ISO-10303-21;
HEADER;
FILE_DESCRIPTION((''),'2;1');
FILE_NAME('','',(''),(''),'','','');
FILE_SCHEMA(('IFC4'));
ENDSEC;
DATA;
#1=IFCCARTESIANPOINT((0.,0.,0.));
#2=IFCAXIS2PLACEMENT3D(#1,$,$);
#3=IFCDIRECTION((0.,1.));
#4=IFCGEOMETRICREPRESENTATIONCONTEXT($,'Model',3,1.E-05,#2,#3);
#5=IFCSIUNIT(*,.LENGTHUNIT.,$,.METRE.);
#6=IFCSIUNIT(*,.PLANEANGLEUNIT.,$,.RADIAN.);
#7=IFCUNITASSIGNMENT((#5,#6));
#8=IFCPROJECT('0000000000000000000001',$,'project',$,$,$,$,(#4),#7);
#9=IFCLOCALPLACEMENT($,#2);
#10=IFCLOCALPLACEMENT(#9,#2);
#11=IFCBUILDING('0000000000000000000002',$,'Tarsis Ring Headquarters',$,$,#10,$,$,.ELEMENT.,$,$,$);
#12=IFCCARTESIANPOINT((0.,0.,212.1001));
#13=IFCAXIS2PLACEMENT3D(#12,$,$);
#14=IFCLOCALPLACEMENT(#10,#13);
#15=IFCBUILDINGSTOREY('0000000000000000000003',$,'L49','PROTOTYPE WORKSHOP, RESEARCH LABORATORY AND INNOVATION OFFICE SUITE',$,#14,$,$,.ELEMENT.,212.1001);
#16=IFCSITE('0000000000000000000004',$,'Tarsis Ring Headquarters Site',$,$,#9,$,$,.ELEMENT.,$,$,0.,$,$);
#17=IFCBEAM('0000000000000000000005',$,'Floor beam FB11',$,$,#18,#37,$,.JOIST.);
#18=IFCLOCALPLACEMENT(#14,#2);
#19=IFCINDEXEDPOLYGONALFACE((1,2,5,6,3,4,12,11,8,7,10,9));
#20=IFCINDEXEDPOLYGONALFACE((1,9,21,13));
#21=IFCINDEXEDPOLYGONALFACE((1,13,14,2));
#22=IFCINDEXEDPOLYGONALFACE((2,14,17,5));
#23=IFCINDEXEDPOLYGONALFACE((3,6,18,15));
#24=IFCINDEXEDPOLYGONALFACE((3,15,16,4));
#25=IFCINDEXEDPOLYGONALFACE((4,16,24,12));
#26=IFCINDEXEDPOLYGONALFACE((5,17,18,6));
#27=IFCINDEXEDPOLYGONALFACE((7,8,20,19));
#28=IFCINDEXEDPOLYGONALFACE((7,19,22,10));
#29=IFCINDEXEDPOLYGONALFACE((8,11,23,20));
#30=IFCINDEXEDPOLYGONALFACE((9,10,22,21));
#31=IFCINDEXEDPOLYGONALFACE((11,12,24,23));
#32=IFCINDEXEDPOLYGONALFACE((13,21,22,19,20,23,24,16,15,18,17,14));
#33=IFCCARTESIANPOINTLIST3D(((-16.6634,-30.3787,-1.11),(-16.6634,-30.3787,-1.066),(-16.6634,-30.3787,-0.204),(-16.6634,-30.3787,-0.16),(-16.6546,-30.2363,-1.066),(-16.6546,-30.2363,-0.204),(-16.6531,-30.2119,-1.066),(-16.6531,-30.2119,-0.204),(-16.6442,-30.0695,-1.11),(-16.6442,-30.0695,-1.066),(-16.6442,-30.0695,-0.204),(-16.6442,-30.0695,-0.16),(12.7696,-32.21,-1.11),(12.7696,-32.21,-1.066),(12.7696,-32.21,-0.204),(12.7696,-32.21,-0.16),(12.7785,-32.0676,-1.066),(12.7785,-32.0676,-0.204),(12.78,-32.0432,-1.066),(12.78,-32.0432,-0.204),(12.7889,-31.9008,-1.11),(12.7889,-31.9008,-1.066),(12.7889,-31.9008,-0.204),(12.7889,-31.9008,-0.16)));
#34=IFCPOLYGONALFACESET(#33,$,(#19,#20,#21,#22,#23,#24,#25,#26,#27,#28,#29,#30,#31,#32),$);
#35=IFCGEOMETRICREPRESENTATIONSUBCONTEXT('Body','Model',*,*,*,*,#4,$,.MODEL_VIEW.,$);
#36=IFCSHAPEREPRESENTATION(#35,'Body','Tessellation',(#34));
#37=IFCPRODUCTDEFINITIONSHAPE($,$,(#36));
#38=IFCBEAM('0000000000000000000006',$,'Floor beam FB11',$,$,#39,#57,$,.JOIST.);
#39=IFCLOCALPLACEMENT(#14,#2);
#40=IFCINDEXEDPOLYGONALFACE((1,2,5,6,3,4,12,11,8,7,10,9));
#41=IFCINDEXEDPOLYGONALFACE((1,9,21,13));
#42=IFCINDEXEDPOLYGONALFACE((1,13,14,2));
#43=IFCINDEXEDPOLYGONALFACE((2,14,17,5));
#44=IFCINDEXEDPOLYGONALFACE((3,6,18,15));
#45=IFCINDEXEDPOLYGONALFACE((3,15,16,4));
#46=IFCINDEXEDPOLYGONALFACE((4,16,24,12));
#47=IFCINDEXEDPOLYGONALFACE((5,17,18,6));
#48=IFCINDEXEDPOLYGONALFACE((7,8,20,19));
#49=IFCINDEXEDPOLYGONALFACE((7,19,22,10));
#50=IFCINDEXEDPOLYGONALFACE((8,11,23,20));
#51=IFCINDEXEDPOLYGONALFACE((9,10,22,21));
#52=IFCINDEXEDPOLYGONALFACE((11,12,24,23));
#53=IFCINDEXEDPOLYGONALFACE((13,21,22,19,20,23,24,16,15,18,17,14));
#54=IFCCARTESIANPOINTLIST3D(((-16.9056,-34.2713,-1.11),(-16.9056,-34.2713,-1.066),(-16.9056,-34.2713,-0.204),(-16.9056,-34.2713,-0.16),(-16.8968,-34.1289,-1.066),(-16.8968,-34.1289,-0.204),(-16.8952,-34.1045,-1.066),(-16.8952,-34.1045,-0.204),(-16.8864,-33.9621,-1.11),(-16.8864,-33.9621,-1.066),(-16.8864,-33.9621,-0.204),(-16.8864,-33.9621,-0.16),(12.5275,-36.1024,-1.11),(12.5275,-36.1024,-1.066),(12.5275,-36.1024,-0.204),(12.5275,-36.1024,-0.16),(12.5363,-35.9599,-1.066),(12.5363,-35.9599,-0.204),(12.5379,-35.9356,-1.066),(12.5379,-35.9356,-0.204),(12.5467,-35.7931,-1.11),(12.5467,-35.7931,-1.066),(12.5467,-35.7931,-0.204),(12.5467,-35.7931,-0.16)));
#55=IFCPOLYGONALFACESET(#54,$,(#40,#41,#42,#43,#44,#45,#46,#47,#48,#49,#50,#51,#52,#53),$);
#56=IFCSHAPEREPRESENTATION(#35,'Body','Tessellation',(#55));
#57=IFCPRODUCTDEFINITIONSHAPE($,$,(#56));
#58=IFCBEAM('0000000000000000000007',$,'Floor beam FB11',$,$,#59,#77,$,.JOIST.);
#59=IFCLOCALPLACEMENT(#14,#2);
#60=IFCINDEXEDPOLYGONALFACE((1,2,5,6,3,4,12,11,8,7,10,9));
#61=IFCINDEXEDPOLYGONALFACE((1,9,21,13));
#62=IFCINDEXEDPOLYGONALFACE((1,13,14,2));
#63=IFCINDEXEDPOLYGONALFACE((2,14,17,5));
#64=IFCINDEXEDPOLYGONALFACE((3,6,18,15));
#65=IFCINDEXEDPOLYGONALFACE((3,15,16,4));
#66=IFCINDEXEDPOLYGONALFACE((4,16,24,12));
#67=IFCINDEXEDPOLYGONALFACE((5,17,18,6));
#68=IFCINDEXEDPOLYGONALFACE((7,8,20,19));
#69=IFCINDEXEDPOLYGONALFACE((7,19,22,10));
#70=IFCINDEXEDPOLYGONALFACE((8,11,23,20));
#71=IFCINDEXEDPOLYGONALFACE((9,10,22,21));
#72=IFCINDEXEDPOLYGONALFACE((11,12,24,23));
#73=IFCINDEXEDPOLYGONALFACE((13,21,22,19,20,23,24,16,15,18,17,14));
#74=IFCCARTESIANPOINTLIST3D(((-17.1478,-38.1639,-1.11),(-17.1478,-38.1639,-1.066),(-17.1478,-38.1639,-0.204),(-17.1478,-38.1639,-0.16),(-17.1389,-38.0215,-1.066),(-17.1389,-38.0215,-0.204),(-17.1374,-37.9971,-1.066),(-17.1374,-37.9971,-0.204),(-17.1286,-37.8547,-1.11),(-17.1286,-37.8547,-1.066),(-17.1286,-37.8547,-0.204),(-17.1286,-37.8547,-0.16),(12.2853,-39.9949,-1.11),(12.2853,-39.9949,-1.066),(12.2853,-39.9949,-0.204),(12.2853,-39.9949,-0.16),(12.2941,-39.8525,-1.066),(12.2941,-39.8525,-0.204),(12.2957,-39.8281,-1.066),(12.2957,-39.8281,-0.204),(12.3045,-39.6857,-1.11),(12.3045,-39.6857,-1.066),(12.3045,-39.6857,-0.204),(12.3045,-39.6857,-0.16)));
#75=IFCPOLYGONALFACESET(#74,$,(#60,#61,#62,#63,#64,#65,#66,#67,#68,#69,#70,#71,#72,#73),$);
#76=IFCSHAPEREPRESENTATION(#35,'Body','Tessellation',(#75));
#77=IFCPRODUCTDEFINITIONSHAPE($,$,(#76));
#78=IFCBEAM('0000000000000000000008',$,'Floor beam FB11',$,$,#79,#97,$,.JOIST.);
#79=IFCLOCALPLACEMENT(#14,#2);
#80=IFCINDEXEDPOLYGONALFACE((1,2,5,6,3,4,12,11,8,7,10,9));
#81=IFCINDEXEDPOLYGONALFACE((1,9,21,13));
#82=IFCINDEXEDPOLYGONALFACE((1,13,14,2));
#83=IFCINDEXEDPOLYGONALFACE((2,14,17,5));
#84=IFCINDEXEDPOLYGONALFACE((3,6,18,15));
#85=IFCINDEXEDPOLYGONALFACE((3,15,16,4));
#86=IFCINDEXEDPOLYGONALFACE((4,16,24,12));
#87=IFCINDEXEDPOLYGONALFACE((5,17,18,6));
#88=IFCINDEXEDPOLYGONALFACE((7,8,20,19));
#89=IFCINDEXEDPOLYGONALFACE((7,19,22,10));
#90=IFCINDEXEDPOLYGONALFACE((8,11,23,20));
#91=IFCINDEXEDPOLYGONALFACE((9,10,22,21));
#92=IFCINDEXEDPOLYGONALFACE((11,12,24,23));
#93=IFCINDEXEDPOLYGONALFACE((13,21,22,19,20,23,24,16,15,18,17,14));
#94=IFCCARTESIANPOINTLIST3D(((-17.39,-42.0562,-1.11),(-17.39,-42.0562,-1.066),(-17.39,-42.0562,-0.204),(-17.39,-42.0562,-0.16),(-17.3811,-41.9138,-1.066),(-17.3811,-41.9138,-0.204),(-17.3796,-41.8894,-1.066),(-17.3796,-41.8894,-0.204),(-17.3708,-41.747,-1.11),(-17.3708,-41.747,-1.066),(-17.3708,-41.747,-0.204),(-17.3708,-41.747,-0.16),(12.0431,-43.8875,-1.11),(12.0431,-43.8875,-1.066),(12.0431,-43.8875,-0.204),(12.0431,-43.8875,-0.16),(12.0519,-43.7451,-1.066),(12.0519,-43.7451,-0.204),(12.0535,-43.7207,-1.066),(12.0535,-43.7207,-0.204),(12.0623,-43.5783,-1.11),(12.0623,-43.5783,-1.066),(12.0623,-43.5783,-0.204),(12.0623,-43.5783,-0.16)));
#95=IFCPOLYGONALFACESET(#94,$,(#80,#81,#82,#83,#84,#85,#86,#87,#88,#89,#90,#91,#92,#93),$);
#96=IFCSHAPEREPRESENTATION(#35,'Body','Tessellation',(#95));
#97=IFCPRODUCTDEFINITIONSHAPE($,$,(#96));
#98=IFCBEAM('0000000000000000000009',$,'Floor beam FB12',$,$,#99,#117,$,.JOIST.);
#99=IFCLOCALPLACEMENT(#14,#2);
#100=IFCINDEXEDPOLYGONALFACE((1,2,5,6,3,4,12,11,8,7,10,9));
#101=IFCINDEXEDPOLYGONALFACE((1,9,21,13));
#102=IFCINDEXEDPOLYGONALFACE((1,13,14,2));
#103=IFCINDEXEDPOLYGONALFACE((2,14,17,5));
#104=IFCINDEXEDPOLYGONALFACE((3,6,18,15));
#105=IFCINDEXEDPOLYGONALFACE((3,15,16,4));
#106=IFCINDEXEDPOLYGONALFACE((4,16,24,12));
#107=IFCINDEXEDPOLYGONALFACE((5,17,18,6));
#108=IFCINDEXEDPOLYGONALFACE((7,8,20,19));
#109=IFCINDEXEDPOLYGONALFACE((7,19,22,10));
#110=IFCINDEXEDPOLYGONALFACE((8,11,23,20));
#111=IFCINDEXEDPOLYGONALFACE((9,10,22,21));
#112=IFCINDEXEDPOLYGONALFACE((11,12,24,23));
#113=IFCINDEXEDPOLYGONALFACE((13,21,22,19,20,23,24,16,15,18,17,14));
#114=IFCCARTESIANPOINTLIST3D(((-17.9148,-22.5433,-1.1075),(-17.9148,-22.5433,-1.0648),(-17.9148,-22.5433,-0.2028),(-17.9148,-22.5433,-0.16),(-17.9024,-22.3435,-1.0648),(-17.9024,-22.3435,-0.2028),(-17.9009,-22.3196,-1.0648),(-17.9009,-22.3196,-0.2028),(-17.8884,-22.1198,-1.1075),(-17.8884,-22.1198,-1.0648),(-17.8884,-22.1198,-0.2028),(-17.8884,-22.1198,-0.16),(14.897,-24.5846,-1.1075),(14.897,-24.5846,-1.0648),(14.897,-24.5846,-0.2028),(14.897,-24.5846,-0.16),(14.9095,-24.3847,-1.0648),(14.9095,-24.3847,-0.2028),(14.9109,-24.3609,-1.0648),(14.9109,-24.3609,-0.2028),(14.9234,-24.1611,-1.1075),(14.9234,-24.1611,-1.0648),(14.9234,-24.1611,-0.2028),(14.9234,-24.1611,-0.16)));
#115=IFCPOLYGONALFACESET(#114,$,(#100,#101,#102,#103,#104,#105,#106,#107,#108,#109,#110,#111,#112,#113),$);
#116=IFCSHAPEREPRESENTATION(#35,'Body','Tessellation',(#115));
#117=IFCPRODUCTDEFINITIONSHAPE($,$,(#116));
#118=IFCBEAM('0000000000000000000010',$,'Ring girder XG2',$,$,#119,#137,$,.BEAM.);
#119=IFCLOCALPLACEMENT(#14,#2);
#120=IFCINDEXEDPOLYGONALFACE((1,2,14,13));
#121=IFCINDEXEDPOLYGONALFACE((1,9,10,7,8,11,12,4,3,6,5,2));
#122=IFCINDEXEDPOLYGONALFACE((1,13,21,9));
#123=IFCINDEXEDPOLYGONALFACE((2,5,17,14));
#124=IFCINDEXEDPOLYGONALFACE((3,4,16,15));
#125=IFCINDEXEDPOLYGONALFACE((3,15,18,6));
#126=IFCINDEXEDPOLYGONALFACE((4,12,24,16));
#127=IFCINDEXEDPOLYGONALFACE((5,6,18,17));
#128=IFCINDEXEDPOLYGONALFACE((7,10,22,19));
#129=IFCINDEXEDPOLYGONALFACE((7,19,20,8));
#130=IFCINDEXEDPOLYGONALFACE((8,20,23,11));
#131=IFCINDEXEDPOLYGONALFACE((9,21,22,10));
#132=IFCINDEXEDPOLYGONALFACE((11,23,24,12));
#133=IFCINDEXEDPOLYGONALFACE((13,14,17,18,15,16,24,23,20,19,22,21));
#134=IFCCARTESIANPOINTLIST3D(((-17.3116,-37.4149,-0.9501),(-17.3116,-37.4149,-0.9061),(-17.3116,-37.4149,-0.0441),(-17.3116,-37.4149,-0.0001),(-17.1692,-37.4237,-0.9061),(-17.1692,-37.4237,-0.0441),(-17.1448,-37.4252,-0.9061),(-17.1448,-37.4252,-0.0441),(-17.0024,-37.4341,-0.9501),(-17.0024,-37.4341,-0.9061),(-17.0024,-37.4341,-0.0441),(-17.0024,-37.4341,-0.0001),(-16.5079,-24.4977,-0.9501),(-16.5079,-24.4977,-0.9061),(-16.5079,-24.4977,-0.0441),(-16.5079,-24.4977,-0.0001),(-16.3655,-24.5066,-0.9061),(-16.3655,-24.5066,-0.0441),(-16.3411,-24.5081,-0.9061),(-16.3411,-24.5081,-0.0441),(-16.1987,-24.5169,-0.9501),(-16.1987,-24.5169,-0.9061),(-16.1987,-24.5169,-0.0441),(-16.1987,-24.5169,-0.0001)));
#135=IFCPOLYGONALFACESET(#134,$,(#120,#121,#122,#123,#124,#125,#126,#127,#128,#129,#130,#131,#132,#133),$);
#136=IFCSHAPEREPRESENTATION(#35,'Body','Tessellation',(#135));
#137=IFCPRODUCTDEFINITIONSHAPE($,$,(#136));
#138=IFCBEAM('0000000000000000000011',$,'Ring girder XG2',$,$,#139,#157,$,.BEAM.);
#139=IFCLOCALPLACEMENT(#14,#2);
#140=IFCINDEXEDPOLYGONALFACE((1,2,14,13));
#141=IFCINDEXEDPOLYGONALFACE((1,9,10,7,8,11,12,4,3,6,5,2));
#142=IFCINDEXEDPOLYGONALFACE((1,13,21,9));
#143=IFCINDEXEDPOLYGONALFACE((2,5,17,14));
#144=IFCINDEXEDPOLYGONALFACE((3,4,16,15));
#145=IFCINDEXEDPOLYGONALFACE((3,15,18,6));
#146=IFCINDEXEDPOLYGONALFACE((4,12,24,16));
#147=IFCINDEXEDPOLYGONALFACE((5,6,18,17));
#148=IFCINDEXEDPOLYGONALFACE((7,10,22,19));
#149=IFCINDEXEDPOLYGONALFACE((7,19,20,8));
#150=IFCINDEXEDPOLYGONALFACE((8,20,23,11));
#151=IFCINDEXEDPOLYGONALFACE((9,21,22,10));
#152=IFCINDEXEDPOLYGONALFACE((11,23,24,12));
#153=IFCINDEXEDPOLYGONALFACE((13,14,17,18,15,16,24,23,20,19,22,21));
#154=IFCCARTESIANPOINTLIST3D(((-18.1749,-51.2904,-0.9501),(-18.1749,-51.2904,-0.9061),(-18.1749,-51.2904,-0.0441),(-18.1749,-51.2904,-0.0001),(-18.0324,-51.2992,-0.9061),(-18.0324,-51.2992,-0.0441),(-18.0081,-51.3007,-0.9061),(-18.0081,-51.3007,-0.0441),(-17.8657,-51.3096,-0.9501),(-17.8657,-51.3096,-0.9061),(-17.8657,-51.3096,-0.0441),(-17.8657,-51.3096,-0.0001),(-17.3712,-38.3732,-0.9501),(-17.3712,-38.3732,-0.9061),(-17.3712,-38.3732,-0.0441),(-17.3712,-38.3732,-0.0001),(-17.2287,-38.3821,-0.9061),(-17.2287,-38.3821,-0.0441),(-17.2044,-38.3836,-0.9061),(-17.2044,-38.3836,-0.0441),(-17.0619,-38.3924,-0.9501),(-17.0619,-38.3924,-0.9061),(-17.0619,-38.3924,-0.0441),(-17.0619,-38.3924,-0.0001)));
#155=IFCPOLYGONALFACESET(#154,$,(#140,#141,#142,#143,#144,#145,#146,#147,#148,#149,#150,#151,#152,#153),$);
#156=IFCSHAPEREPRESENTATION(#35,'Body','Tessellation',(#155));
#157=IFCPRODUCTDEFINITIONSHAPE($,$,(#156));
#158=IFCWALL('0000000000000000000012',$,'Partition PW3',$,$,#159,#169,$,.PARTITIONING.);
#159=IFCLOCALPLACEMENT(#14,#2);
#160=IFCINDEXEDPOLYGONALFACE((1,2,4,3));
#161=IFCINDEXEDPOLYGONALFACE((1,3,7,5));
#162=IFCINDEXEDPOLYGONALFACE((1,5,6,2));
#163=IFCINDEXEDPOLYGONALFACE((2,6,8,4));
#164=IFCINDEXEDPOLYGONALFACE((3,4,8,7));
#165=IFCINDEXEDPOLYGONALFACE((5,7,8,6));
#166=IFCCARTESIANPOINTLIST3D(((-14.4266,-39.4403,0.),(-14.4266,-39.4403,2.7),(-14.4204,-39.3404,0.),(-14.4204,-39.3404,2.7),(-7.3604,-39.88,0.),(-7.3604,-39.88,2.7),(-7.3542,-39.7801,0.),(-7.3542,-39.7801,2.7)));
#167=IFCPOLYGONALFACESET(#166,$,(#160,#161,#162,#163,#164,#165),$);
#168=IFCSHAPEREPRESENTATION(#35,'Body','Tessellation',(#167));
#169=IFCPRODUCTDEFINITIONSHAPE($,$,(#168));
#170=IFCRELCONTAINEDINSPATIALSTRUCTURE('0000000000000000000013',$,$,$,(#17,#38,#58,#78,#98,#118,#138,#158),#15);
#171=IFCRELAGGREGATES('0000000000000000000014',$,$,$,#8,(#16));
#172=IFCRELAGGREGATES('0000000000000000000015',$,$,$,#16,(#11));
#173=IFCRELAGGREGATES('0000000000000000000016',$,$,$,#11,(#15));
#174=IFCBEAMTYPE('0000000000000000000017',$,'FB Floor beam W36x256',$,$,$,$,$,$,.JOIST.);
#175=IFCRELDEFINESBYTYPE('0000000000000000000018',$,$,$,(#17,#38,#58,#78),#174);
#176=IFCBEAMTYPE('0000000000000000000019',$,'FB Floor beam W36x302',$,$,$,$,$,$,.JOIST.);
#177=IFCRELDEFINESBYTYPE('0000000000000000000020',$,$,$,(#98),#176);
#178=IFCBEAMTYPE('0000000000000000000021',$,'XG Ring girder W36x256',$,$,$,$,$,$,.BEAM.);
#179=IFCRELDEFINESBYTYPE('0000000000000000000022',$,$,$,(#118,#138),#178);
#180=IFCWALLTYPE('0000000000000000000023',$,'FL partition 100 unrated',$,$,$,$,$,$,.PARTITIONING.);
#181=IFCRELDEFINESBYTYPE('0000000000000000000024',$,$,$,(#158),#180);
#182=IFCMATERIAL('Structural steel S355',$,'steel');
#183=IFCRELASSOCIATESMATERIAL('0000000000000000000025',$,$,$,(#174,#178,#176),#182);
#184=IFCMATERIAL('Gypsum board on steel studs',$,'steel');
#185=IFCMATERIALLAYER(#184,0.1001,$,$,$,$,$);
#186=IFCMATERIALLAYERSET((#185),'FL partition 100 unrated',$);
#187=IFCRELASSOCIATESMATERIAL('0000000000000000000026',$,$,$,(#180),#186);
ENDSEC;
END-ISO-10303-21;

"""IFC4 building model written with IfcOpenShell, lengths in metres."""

from ifc_helpers import new_model, si_unit, direction, frame, frame_2d, origin, origin_2d, place, context, subcontext, project, spatial, rectangle, i_section, extrude, material, layer, layer_set, material_profile, profile_set, type_object, element, save


model = new_model("IFC4")

# Units and contexts
model_context = context("Model", 3, precision=1e-05, world=origin(), true_north=direction((0.0, 1.0)))
body_context = subcontext(model_context, "Body", "Model", "MODEL_VIEW")
ifc_project = project(units=[si_unit("LENGTHUNIT", "METRE"), si_unit("PLANEANGLEUNIT", "RADIAN")], contexts=[model_context])

# Site, building, storey
site_placement = place(None, origin())
site = spatial("IfcSite", under=ifc_project, at=site_placement, Name="Tarsis Ring Headquarters Site", CompositionType="ELEMENT", RefElevation=0.0)
building_placement = place(site_placement, origin())
building = spatial("IfcBuilding", under=site, at=building_placement, Name="Tarsis Ring Headquarters", CompositionType="ELEMENT")
storey_placement = place(building_placement, frame((0.0, 0.0, 212.1001)))
storey = spatial("IfcBuildingStorey", under=building, at=storey_placement, Name="L49", Description="PROTOTYPE WORKSHOP, RESEARCH LABORATORY AND INNOVATION OFFICE SUITE", CompositionType="ELEMENT", Elevation=212.1001)

# Shared definitions
ifc_material_1 = material(Name="Structural steel S355", Category="steel")

# Beams
ifc_material_profile_1 = material_profile(ifc_material_1, i_section(OverallWidth=0.3098, OverallDepth=0.95, WebThickness=0.0244, FlangeThickness=0.0439, at=origin_2d()), Name="W36x256")
ifc_profile_set_1 = profile_set([ifc_material_profile_1], Name="Structural steel S355")
beam_type_1 = type_object("IfcBeamType", Name="FB Floor beam W36x256", PredefinedType="JOIST", material=ifc_profile_set_1)
for number, where, z_axis, x_axis, name in (
    (1, (-16.6538, -30.2241, -0.635), (0.99807, -0.062099, 0.0), (0.062099, 0.99807, 0.0), "Floor beam FB11"),
    (2, (-16.896, -34.1167, -0.635), (0.998071, -0.062091, 0.0), (0.062091, 0.998071, 0.0), "Floor beam FB11"),
    (3, (-17.1382, -38.0093, -0.635), (0.998071, -0.062091, 0.0), (0.062091, 0.998071, 0.0), "Floor beam FB11"),
    (4, (-17.3804, -41.9016, -0.635), (0.99807, -0.062099, 0.0), (0.062099, 0.99807, 0.0), "Floor beam FB11"),
):
    element("IfcBeam", number, at=place(storey_placement, frame(where, z_axis=z_axis, x_axis=x_axis)), inside=storey, type_object=beam_type_1, Name=name, PredefinedType="JOIST", context=body_context, shape_type="SweptSolid", body=[
        extrude(i_section(OverallWidth=0.3098, OverallDepth=0.95, WebThickness=0.0244, FlangeThickness=0.0439, at=origin_2d()), origin(), (0.0, 0.0, 1.0), 29.49),
    ])
ifc_material_profile_2 = material_profile(ifc_material_1, i_section(OverallWidth=0.4243, OverallDepth=0.9475, WebThickness=0.0239, FlangeThickness=0.0427, at=origin_2d()), Name="W36x302")
ifc_profile_set_2 = profile_set([ifc_material_profile_2], Name="Structural steel S355")
beam_type_2 = type_object("IfcBeamType", Name="FB Floor beam W36x302", PredefinedType="JOIST", material=ifc_profile_set_2)
beam_1_placement = place(storey_placement, frame((-17.9016, -22.3315, -0.6338), z_axis=(0.99807, -0.062091, 0.0), x_axis=(0.062091, 0.99807, 0.0)))
element("IfcBeam", 5, at=beam_1_placement, inside=storey, type_object=beam_type_2, Name="Floor beam FB12", PredefinedType="JOIST", context=body_context, shape_type="SweptSolid", body=[
    extrude(i_section(OverallWidth=0.4243, OverallDepth=0.9475, WebThickness=0.0239, FlangeThickness=0.0427, at=origin_2d()), origin(), (0.0, 0.0, 1.0), 32.8752),
])
beam_type_3 = type_object("IfcBeamType", Name="XG Ring girder W36x256", PredefinedType="BEAM", material=ifc_profile_set_1)
for number, where, z_axis, x_axis, name in (
    (6, (-16.3533, -24.5073, -0.4751), (-0.0621, -0.99807, 0.0), (0.99807, -0.0621, 0.0), "Ring girder XG2"),
    (7, (-17.2166, -38.3828, -0.4751), (-0.0621, -0.99807, 0.0), (0.99807, -0.0621, 0.0), "Ring girder XG2"),
):
    element("IfcBeam", number, at=place(storey_placement, frame(where, z_axis=z_axis, x_axis=x_axis)), inside=storey, type_object=beam_type_3, Name=name, PredefinedType="BEAM", context=body_context, shape_type="SweptSolid", body=[
        extrude(i_section(OverallWidth=0.3098, OverallDepth=0.95, WebThickness=0.0244, FlangeThickness=0.0439, at=origin_2d()), origin(), (0.0, 0.0, 1.0), 12.9421),
    ])

# Wall
ifc_material_2 = material(Name="Gypsum board on steel studs", Category="steel")
ifc_layer_1 = layer(ifc_material_2, 0.1001)
ifc_layer_set_1 = layer_set([ifc_layer_1], Name="FL partition 100 unrated")
wall_type_1 = type_object("IfcWallType", Name="FL partition 100 unrated", PredefinedType="PARTITIONING", material=ifc_layer_set_1)
wall_1_placement = place(storey_placement, frame((-14.4236, -39.3904, 0.0), z_axis=(0.0, 0.0, 1.0), x_axis=(0.99807, -0.062106, 0.0)))
element("IfcWall", 8, at=wall_1_placement, inside=storey, type_object=wall_type_1, Name="Partition PW3", PredefinedType="PARTITIONING", context=body_context, shape_type="SweptSolid", body=[
    extrude(rectangle(XDim=7.0798, YDim=0.1001, at=frame_2d((3.54, 0.0))), origin(), (0.0, 0.0, 1.0), 2.7),
])

save(model, "model.ifc")
